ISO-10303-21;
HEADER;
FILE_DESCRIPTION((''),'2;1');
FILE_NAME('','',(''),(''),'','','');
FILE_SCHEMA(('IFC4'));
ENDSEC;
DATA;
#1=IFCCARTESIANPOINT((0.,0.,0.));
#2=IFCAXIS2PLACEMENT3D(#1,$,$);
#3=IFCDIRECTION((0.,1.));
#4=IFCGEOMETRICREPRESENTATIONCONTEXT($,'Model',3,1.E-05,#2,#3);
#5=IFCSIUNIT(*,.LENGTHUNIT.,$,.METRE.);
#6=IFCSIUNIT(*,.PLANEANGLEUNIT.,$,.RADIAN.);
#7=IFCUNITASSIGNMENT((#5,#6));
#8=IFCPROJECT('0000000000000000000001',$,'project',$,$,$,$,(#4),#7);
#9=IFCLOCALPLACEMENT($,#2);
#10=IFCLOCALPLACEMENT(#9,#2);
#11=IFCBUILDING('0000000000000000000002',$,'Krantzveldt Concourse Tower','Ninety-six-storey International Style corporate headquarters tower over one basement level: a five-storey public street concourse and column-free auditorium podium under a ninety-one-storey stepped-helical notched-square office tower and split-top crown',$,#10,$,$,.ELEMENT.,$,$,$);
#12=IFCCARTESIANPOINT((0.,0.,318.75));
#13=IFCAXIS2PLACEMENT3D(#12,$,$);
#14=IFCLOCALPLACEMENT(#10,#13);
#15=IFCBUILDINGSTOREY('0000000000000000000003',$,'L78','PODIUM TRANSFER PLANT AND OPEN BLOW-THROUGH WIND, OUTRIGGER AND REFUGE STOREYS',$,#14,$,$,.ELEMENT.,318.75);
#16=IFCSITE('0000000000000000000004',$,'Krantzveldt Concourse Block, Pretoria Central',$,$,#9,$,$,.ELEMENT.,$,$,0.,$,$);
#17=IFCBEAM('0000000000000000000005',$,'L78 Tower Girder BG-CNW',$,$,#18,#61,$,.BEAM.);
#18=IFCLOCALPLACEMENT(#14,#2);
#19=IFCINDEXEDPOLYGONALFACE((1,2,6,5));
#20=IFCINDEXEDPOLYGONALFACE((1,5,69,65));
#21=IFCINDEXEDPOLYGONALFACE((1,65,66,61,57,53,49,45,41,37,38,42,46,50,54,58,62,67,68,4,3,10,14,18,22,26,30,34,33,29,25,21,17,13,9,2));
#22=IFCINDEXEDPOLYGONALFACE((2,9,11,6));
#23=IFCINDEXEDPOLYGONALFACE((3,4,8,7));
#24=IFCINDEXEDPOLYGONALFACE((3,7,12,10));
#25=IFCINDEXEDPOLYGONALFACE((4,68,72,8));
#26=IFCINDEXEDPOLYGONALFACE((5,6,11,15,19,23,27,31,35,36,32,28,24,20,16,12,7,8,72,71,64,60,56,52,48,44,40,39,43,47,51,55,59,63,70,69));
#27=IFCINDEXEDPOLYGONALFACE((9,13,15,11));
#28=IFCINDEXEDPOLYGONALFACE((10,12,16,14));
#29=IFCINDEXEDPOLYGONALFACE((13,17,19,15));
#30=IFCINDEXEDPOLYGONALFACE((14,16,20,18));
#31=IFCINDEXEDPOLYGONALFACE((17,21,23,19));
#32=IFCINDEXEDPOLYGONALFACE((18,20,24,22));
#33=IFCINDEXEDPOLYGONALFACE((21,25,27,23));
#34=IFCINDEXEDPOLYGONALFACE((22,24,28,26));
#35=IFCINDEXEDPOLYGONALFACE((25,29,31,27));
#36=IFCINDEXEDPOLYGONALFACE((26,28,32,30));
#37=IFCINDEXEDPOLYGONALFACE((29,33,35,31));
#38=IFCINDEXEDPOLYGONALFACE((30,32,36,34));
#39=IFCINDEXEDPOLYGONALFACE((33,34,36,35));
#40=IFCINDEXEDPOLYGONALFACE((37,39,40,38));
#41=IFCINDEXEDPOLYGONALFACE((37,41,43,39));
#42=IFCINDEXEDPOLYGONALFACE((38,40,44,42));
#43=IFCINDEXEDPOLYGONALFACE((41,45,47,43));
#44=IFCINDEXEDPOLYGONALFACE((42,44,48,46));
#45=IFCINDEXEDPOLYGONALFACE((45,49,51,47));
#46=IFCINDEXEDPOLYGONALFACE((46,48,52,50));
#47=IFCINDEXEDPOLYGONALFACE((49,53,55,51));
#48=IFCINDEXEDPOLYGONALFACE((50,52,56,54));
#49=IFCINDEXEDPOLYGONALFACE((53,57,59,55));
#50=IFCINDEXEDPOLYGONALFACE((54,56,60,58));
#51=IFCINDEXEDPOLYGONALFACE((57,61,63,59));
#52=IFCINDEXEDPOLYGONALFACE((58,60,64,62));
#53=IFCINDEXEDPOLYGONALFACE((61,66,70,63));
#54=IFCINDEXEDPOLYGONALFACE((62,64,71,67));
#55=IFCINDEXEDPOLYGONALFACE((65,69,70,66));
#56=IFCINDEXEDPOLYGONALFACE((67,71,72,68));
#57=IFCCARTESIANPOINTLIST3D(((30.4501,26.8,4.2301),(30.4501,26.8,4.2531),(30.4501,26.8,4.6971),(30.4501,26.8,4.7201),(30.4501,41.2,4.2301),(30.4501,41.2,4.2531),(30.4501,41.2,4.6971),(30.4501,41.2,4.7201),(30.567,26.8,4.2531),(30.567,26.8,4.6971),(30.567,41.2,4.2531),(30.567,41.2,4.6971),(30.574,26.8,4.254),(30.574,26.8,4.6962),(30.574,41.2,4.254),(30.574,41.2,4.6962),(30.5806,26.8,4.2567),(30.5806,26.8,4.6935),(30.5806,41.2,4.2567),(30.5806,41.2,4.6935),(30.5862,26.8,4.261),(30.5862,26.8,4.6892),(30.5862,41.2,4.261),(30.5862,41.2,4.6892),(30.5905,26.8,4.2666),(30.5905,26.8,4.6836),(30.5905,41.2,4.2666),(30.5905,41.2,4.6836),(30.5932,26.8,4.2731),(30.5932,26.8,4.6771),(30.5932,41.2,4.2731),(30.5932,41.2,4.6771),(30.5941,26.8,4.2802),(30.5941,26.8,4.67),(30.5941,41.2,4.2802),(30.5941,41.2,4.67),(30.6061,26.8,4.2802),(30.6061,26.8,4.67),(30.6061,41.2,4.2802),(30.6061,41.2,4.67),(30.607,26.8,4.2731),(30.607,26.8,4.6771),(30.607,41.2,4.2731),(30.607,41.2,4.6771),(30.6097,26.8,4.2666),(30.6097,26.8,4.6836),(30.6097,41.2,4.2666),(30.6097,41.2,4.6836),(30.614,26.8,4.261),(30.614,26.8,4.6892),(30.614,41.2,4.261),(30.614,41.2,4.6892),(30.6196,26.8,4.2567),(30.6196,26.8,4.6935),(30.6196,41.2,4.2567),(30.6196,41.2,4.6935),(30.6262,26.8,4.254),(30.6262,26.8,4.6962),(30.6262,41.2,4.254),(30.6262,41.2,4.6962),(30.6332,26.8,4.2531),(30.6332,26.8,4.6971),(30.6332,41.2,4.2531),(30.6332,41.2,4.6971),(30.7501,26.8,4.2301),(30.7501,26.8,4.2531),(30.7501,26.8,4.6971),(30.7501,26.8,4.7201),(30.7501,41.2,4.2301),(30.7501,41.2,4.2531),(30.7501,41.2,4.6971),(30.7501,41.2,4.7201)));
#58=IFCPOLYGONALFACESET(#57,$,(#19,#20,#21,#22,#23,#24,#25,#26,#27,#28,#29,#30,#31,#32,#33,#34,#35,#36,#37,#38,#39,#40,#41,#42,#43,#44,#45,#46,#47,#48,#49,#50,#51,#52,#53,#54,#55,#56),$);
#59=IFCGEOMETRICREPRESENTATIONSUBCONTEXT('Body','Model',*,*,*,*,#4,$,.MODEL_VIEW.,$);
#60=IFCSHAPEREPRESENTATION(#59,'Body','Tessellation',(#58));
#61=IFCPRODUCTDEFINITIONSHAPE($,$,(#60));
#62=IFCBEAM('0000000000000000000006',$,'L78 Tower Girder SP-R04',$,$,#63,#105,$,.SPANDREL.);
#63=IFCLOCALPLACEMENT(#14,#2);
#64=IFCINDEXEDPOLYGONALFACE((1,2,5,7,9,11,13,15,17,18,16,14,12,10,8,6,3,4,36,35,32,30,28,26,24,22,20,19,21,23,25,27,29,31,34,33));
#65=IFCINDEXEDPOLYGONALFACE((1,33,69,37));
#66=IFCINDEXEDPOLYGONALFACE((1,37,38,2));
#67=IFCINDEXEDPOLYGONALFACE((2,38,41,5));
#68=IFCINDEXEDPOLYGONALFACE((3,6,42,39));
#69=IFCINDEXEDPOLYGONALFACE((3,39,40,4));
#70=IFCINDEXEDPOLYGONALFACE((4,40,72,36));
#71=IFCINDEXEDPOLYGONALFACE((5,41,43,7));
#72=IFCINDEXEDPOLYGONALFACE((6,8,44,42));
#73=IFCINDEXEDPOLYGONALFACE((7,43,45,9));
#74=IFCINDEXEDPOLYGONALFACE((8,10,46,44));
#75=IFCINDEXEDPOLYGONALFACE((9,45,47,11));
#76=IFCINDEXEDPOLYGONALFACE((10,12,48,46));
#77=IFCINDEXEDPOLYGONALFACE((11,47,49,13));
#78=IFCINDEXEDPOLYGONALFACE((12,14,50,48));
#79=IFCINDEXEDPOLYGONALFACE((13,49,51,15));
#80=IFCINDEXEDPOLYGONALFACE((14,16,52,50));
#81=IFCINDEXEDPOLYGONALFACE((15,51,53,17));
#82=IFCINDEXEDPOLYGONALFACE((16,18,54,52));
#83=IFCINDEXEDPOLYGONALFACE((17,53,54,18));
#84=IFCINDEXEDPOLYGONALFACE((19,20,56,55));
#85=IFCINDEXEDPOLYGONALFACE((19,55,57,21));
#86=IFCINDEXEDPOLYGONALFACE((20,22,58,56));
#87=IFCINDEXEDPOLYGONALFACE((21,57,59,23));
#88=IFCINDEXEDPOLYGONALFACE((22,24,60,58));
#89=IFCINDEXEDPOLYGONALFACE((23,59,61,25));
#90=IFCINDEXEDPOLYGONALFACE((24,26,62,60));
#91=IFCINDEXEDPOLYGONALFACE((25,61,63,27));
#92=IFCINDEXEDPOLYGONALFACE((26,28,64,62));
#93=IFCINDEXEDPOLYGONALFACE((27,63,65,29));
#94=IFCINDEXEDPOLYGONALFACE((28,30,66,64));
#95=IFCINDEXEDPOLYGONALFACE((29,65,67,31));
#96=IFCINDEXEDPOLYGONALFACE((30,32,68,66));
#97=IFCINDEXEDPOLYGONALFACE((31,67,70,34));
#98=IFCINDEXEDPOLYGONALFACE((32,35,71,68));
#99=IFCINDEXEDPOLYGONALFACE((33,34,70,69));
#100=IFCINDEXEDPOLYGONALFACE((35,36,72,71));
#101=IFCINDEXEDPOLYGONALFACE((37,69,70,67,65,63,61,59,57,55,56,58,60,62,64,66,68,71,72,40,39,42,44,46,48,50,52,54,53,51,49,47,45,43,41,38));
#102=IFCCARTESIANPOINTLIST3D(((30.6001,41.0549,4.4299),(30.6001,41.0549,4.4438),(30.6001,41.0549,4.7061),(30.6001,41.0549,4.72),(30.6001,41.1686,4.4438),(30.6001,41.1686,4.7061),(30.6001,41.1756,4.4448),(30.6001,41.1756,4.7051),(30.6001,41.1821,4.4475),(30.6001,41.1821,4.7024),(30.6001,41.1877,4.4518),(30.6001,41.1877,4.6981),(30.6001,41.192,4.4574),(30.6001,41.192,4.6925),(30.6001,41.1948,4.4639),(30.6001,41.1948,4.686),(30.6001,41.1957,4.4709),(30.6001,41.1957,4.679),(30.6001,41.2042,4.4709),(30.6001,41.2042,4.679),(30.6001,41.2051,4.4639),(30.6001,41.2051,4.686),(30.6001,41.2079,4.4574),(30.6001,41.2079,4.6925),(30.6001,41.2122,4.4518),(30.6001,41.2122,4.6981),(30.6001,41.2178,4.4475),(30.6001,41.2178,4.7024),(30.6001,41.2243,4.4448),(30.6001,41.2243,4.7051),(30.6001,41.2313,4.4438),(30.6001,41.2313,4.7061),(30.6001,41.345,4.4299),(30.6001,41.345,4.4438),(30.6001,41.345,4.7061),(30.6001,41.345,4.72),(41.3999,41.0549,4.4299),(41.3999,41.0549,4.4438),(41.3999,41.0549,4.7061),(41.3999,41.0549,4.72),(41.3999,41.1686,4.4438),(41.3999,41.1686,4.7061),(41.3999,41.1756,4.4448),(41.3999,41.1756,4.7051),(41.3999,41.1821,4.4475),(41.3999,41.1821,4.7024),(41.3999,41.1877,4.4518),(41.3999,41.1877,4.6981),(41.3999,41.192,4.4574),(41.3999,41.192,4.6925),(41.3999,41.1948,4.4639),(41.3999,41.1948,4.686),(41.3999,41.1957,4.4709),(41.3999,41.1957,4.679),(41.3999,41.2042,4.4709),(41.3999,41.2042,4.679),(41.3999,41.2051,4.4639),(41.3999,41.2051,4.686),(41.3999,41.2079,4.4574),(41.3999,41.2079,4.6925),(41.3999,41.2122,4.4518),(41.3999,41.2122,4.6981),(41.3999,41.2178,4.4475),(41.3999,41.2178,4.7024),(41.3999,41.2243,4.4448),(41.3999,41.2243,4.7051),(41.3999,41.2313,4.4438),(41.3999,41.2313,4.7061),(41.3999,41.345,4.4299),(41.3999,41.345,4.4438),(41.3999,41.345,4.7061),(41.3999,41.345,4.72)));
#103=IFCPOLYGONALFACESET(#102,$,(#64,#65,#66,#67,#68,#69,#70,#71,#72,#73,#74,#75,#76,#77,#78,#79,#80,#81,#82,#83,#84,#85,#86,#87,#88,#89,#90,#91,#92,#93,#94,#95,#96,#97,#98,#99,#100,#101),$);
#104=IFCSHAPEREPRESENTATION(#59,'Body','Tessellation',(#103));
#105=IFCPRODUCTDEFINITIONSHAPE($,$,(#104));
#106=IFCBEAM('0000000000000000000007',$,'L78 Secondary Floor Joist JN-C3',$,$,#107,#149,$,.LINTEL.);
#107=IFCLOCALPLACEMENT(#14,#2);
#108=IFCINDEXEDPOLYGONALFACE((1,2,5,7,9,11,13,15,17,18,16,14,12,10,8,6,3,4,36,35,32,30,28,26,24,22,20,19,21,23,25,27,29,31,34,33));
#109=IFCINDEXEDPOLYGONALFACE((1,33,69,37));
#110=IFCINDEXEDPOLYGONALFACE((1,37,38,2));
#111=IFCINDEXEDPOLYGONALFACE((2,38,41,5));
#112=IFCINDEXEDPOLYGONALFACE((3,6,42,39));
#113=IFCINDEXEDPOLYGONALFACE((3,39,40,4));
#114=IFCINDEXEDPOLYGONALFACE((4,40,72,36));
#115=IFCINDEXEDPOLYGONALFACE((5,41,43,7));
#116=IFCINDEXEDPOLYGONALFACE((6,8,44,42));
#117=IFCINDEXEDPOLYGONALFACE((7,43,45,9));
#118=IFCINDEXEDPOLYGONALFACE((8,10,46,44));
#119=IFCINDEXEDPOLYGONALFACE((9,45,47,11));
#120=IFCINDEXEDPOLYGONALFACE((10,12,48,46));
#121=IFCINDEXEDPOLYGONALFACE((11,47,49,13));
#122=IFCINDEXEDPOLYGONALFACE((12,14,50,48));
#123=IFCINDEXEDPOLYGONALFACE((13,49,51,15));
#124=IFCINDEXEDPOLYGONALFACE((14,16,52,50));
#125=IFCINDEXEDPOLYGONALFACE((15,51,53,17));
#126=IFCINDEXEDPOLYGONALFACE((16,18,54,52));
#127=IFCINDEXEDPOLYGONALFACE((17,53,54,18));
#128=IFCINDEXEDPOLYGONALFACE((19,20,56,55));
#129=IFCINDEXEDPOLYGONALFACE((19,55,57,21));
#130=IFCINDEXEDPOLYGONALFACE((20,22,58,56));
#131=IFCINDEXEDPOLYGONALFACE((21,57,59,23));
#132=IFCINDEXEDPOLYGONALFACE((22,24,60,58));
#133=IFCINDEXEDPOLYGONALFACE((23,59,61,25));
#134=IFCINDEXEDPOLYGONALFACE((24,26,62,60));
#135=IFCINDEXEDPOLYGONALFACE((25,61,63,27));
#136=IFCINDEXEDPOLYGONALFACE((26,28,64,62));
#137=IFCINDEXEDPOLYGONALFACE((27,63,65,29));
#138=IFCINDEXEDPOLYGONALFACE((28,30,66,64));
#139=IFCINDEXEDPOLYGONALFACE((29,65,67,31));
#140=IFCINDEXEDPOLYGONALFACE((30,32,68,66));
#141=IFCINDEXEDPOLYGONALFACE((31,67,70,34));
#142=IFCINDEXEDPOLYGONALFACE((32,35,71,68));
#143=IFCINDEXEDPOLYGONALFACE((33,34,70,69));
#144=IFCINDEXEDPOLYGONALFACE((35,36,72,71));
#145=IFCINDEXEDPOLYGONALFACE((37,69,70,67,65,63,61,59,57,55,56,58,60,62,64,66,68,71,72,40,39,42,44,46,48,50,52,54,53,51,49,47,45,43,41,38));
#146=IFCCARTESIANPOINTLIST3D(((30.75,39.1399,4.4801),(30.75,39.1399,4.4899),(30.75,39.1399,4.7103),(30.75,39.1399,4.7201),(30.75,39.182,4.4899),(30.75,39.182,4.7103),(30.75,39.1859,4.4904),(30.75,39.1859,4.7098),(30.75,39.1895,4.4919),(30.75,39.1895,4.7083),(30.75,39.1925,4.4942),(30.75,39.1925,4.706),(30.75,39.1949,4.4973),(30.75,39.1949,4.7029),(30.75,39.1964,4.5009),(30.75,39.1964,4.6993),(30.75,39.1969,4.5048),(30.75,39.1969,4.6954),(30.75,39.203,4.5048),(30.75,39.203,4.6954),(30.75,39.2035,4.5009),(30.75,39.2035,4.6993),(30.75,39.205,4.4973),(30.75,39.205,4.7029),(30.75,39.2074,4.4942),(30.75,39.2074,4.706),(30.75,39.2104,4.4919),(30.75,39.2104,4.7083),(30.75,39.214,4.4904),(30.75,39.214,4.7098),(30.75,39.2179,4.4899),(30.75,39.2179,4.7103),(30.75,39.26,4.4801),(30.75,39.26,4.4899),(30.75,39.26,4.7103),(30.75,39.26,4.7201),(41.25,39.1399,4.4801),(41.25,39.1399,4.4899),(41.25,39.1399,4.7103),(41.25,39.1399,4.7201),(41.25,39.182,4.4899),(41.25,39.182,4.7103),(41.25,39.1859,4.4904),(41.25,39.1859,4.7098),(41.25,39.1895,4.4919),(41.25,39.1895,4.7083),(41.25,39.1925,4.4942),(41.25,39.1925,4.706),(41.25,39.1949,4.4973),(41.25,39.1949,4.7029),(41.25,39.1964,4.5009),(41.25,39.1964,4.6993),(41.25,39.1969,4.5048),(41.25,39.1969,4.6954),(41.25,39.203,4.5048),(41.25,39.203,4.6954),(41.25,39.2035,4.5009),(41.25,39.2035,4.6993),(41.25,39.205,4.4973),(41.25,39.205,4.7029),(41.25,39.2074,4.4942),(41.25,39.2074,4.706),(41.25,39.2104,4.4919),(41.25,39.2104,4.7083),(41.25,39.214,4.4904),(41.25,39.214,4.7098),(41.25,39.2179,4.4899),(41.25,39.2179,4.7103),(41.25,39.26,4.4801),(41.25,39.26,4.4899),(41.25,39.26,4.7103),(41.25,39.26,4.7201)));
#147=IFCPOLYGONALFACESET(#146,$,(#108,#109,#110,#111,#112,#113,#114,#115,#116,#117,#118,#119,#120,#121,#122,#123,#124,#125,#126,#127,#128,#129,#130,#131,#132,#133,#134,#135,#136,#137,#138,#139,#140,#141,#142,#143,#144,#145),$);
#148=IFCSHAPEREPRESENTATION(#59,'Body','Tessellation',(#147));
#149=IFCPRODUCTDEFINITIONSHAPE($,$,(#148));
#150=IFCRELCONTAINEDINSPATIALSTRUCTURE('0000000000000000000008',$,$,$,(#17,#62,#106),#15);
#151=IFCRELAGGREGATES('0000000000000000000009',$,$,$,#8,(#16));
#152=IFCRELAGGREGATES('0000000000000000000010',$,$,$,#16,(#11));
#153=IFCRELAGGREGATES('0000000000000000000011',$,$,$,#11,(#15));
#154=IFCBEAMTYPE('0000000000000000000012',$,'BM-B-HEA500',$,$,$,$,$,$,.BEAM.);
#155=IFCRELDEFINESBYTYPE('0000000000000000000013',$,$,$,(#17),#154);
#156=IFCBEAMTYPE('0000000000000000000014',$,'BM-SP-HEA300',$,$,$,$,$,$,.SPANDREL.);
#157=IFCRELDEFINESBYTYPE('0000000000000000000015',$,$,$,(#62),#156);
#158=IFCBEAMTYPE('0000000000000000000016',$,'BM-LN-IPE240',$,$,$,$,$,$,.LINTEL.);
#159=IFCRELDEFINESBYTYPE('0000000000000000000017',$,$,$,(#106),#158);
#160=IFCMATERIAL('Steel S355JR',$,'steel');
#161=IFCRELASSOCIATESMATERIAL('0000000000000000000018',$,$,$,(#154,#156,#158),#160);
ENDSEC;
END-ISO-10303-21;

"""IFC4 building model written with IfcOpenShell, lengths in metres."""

from ifc_helpers import new_model, si_unit, direction, frame, origin, origin_2d, place, context, subcontext, project, spatial, i_section, extrude, source, transform, mapped, material, material_profile, profile_set, type_object, type_shapes, element, save


model = new_model("IFC4")

# Units and contexts
model_context = context("Model", 3, precision=1e-05, world=origin(), true_north=direction((0.0, 1.0)))
body_context = subcontext(model_context, "Body", "Model", "MODEL_VIEW")
ifc_project = project(units=[si_unit("LENGTHUNIT", "METRE"), si_unit("PLANEANGLEUNIT", "RADIAN")], contexts=[model_context])

# Site, building, storey
site_placement = place(None, origin())
site = spatial("IfcSite", under=ifc_project, at=site_placement, Name="Krantzveldt Concourse Block, Pretoria Central", CompositionType="ELEMENT", RefElevation=0.0)
building_placement = place(site_placement, origin())
building = spatial("IfcBuilding", under=site, at=building_placement, Name="Krantzveldt Concourse Tower", Description="Ninety-six-storey International Style corporate headquarters tower over one basement level: a five-storey public street concourse and column-free auditorium podium under a ninety-one-storey stepped-helical notched-square office tower and split-top crown", CompositionType="ELEMENT")
storey_placement = place(building_placement, frame((0.0, 0.0, 318.75)))
storey = spatial("IfcBuildingStorey", under=building, at=storey_placement, Name="L78", Description="PODIUM TRANSFER PLANT AND OPEN BLOW-THROUGH WIND, OUTRIGGER AND REFUGE STOREYS", CompositionType="ELEMENT", Elevation=318.75)

# Beams
ifc_material_1 = material(Name="Steel S355JR", Category="steel")
ifc_material_profile_1 = material_profile(ifc_material_1, i_section(OverallWidth=0.3, OverallDepth=0.49, WebThickness=0.012, FlangeThickness=0.0229, FilletRadius=0.0271, at=origin_2d()), Name="Steel S355JR", Category="steel")
ifc_profile_set_1 = profile_set([ifc_material_profile_1], Name="Steel S355JR - HEA 500")
beam_type_1 = type_object("IfcBeamType", Name="BM-B-HEA500", PredefinedType="BEAM", material=ifc_profile_set_1)
shared_shape_1 = source(origin(), body_context, "Body", "SweptSolid", [
    extrude(i_section(OverallWidth=0.3, OverallDepth=0.49, WebThickness=0.012, FlangeThickness=0.0229, FilletRadius=0.0271, at=origin_2d()), origin(), (0.0, 0.0, 1.0), 14.3999),
])
type_shapes(beam_type_1, [shared_shape_1])
beam_1_placement = place(storey_placement, frame((30.6001, 26.8, 4.4751), z_axis=(0.0, 1.0, 0.0), x_axis=(-1.0, 0.0, 0.0)))
element("IfcBeam", 1, at=beam_1_placement, inside=storey, type_object=beam_type_1, Name="L78 Tower Girder BG-CNW", PredefinedType="BEAM", context=body_context, shape_type="MappedRepresentation", body=[
    mapped(shared_shape_1, transform((0.0, 0.0, 0.0), x_axis=(1.0, 0.0, 0.0), y_axis=(0.0, 1.0, 0.0), z_axis=(0.0, 0.0, 1.0), scale=1.0)),
])
ifc_material_profile_2 = material_profile(ifc_material_1, i_section(OverallWidth=0.29, OverallDepth=0.29, WebThickness=0.0085, FlangeThickness=0.0139, FilletRadius=0.0271, at=origin_2d()), Name="Steel S355JR", Category="steel")
ifc_profile_set_2 = profile_set([ifc_material_profile_2], Name="Steel S355JR - HEA 300")
beam_type_2 = type_object("IfcBeamType", Name="BM-SP-HEA300", PredefinedType="SPANDREL", material=ifc_profile_set_2)
shared_shape_2 = source(origin(), body_context, "Body", "SweptSolid", [
    extrude(i_section(OverallWidth=0.29, OverallDepth=0.29, WebThickness=0.0085, FlangeThickness=0.0139, FilletRadius=0.0271, at=origin_2d()), origin(), (0.0, 0.0, 1.0), 10.7998),
])
type_shapes(beam_type_2, [shared_shape_2])
beam_2_placement = place(storey_placement, frame((30.6001, 41.2, 4.575), z_axis=(1.0, 0.0, 0.0), x_axis=(0.0, 1.0, 0.0)))
element("IfcBeam", 2, at=beam_2_placement, inside=storey, type_object=beam_type_2, Name="L78 Tower Girder SP-R04", PredefinedType="SPANDREL", context=body_context, shape_type="MappedRepresentation", body=[
    mapped(shared_shape_2, transform((0.0, 0.0, 0.0), x_axis=(1.0, 0.0, 0.0), y_axis=(0.0, 1.0, 0.0), z_axis=(0.0, 0.0, 1.0), scale=1.0)),
])
ifc_material_profile_3 = material_profile(ifc_material_1, i_section(OverallWidth=0.1201, OverallDepth=0.24, WebThickness=0.0061, FlangeThickness=0.0098, FilletRadius=0.0149, at=origin_2d()), Name="Steel S355JR", Category="steel")
ifc_profile_set_3 = profile_set([ifc_material_profile_3], Name="Steel S355JR - IPE 240")
beam_type_3 = type_object("IfcBeamType", Name="BM-LN-IPE240", PredefinedType="LINTEL", material=ifc_profile_set_3)
shared_shape_3 = source(origin(), body_context, "Body", "SweptSolid", [
    extrude(i_section(OverallWidth=0.1201, OverallDepth=0.24, WebThickness=0.0061, FlangeThickness=0.0098, FilletRadius=0.0149, at=origin_2d()), origin(), (0.0, 0.0, 1.0), 10.5),
])
beam_3_placement = place(storey_placement, frame((30.75, 39.2, 4.6001), z_axis=(1.0, 0.0, 0.0), x_axis=(0.0, 1.0, 0.0)))
element("IfcBeam", 3, at=beam_3_placement, inside=storey, type_object=beam_type_3, Name="L78 Secondary Floor Joist JN-C3", PredefinedType="LINTEL", context=body_context, shape_type="MappedRepresentation", body=[
    mapped(shared_shape_3, transform((0.0, 0.0, 0.0), x_axis=(1.0, 0.0, 0.0), y_axis=(0.0, 1.0, 0.0), z_axis=(0.0, 0.0, 1.0), scale=1.0)),
])

save(model, "model.ifc")
